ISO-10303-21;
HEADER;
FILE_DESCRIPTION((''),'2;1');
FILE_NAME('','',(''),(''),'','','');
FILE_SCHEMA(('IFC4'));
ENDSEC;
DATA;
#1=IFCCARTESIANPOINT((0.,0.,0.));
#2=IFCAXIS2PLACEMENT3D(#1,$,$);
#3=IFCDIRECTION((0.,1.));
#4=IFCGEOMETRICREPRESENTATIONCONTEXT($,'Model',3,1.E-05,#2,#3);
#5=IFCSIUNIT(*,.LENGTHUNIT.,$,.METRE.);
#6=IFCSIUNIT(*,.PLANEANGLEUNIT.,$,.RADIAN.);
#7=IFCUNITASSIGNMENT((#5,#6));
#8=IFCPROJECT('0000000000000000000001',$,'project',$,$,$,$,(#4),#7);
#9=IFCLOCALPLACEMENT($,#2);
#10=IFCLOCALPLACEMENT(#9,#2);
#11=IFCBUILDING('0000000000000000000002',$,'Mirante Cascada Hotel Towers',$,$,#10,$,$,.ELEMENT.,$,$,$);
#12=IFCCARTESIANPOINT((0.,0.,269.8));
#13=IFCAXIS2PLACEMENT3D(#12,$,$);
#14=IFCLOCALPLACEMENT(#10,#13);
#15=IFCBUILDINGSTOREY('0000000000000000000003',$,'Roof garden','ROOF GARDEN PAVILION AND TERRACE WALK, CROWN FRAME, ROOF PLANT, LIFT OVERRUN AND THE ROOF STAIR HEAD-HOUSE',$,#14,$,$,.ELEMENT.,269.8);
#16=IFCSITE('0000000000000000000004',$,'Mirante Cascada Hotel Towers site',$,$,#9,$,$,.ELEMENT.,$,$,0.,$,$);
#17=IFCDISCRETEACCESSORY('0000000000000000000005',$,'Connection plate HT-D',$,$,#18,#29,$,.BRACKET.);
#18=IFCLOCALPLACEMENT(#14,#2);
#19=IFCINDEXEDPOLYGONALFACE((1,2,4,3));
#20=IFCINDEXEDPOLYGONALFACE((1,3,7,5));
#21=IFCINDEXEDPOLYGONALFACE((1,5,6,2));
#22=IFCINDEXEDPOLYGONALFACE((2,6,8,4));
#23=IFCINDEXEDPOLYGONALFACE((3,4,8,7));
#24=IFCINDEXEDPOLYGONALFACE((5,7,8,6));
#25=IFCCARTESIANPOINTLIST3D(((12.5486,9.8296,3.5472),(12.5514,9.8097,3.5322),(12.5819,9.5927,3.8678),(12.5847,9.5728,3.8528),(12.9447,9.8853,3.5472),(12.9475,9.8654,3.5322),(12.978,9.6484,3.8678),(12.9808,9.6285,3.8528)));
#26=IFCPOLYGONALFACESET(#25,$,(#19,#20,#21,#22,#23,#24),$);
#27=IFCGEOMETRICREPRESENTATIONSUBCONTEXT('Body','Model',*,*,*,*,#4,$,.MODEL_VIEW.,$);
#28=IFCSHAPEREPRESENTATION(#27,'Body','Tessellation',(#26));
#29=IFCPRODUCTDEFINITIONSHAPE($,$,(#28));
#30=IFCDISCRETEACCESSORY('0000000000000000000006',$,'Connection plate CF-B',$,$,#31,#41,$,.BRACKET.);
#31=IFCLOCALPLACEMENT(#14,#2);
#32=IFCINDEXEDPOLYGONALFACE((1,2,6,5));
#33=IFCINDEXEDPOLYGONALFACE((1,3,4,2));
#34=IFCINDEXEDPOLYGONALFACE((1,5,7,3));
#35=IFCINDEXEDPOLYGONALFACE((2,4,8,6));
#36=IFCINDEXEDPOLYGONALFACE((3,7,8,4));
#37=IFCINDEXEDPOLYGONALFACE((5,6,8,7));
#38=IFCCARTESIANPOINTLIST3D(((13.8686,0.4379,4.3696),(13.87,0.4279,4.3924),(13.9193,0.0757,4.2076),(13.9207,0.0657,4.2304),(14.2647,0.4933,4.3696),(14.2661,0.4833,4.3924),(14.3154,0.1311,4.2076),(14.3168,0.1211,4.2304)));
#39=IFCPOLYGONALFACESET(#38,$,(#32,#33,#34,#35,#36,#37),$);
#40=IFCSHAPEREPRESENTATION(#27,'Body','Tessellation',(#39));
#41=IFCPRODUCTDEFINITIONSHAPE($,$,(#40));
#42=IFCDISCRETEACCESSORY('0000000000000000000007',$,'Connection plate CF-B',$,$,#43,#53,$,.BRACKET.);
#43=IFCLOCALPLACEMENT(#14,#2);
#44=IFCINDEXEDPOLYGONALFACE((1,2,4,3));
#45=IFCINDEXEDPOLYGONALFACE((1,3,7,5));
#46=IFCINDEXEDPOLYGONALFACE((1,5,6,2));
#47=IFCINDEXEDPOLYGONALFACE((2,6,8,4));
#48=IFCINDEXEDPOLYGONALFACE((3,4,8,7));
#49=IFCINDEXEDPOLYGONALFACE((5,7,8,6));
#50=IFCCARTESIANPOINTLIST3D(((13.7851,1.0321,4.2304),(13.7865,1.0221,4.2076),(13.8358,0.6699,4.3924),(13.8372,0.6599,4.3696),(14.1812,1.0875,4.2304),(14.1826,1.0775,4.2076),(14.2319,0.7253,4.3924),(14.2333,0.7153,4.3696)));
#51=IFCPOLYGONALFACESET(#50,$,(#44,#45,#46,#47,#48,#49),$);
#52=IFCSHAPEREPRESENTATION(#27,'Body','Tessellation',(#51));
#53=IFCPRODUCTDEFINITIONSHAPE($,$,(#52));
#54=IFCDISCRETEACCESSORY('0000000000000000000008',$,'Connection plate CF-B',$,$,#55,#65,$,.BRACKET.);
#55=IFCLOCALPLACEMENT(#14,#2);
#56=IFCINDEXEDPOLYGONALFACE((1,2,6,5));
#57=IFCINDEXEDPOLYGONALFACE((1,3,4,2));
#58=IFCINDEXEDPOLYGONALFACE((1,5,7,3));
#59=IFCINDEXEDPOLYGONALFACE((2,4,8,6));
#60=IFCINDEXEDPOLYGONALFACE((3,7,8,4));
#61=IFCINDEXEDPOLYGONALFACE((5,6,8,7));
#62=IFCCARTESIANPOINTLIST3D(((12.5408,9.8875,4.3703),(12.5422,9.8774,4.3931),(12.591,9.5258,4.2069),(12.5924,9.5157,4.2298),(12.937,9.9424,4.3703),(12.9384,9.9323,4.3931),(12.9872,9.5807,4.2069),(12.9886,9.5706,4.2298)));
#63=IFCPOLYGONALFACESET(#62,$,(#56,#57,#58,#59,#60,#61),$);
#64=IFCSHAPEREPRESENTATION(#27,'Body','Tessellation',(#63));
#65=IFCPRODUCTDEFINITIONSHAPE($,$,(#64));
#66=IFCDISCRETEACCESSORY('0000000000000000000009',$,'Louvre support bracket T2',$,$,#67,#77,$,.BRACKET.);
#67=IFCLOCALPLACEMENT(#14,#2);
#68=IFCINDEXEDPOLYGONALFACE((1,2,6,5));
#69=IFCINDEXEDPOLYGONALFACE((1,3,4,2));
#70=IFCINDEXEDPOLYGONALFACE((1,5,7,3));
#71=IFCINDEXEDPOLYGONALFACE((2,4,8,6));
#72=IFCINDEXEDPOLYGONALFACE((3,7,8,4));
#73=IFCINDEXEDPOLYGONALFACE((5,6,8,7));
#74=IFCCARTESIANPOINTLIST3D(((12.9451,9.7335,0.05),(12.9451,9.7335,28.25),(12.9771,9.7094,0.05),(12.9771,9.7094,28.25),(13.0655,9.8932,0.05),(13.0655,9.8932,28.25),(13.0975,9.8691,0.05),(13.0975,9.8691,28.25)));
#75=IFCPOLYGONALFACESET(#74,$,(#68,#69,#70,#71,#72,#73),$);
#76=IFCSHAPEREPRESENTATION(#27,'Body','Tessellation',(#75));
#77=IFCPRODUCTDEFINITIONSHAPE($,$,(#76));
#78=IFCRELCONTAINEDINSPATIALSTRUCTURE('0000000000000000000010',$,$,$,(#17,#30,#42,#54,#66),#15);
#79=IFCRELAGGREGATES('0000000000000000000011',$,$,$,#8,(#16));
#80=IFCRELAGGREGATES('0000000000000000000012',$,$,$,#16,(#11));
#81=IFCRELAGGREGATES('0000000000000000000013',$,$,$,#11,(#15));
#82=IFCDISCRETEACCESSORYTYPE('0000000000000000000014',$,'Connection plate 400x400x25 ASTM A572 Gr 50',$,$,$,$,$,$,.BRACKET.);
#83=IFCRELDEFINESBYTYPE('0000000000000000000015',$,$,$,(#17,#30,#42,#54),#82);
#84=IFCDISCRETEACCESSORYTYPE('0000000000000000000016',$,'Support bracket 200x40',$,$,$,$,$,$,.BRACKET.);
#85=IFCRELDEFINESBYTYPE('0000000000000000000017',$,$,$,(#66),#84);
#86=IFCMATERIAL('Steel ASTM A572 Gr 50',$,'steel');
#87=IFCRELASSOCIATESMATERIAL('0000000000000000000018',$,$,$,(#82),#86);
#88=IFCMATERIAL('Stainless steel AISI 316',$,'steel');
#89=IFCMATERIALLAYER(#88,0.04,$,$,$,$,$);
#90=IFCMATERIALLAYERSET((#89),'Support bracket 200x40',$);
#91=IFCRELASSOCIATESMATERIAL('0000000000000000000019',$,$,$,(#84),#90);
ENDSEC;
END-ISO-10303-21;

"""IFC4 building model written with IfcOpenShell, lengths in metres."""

from ifc_helpers import new_model, si_unit, direction, frame, origin, origin_2d, place, context, subcontext, project, spatial, rectangle, extrude, material, layer, layer_set, material_profile, profile_set, type_object, element, save


model = new_model("IFC4")

# Units and contexts
model_context = context("Model", 3, precision=1e-05, world=origin(), true_north=direction((0.0, 1.0)))
body_context = subcontext(model_context, "Body", "Model", "MODEL_VIEW")
ifc_project = project(units=[si_unit("LENGTHUNIT", "METRE"), si_unit("PLANEANGLEUNIT", "RADIAN")], contexts=[model_context])

# Site, building, storey
site_placement = place(None, origin())
site = spatial("IfcSite", under=ifc_project, at=site_placement, Name="Mirante Cascada Hotel Towers site", CompositionType="ELEMENT", RefElevation=0.0)
building_placement = place(site_placement, origin())
building = spatial("IfcBuilding", under=site, at=building_placement, Name="Mirante Cascada Hotel Towers", CompositionType="ELEMENT")
storey_placement = place(building_placement, frame((0.0, 0.0, 269.8)))
storey = spatial("IfcBuildingStorey", under=building, at=storey_placement, Name="Roof garden", Description="ROOF GARDEN PAVILION AND TERRACE WALK, CROWN FRAME, ROOF PLANT, LIFT OVERRUN AND THE ROOF STAIR HEAD-HOUSE", CompositionType="ELEMENT", Elevation=269.8)

# Discrete accessories
ifc_material_1 = material(Name="Steel ASTM A572 Gr 50", Category="steel")
ifc_material_profile_1 = material_profile(ifc_material_1, rectangle(XDim=0.4, YDim=0.4, at=origin_2d()), Name="Connection plate 400x400x25 ASTM A572 Gr 50")
ifc_profile_set_1 = profile_set([ifc_material_profile_1], Name="Steel ASTM A572 Gr 50")
discrete_accessory_type_1 = type_object("IfcDiscreteAccessoryType", Name="Connection plate 400x400x25 ASTM A572 Gr 50", PredefinedType="BRACKET", material=ifc_profile_set_1)
for number, where, z_axis, x_axis, name in (
    (1, (12.7661, 9.7191, 3.6925), (-0.111657, 0.79356, 0.59816), (-0.990246, -0.139331, 0.0), "Connection plate HT-D"),
):
    element("IfcDiscreteAccessory", number, at=place(storey_placement, frame(where, z_axis=z_axis, x_axis=x_axis)), inside=storey, type_object=discrete_accessory_type_1, Name=name, PredefinedType="BRACKET", context=body_context, shape_type="SweptSolid", body=[
        extrude(rectangle(XDim=0.4, YDim=0.4, at=origin_2d()), origin(), (0.0, 0.0, 1.0), 0.0251),
    ])
for number, where, z_axis, x_axis, name in (
    (2, (14.092, 0.2845, 4.2886), (0.056144, -0.401028, 0.914344), (0.990342, 0.138648, 0.0), "Connection plate CF-B"),
    (3, (14.0099, 0.8687, 4.2886), (-0.056144, 0.401028, 0.914344), (-0.990342, -0.138648, 0.0), "Connection plate CF-B"),
):
    element("IfcDiscreteAccessory", number, at=place(storey_placement, frame(where, z_axis=z_axis, x_axis=x_axis)), inside=storey, type_object=discrete_accessory_type_1, Name=name, PredefinedType="BRACKET", context=body_context, shape_type="SweptSolid", body=[
        extrude(rectangle(XDim=0.4, YDim=0.4, at=origin_2d()), origin(), (0.0, 0.0, 1.0), 0.0249),
    ])
discrete_accessory_1_placement = place(storey_placement, frame((12.764, 9.7341, 4.2886), z_axis=(0.056053, -0.404385, 0.91287), x_axis=(0.990529, 0.137301, 0.0)))
element("IfcDiscreteAccessory", 4, at=discrete_accessory_1_placement, inside=storey, type_object=discrete_accessory_type_1, Name="Connection plate CF-B", PredefinedType="BRACKET", context=body_context, shape_type="SweptSolid", body=[
    extrude(rectangle(XDim=0.4, YDim=0.4, at=origin_2d()), origin(), (0.0, 0.0, 1.0), 0.025),
])
ifc_material_2 = material(Name="Stainless steel AISI 316", Category="steel")
ifc_layer_1 = layer(ifc_material_2, 0.04)
ifc_layer_set_1 = layer_set([ifc_layer_1], Name="Support bracket 200x40")
discrete_accessory_type_2 = type_object("IfcDiscreteAccessoryType", Name="Support bracket 200x40", PredefinedType="BRACKET", material=ifc_layer_set_1)
discrete_accessory_2_placement = place(storey_placement, frame((13.0213, 9.8013, 0.05), z_axis=(0.0, 0.0, 1.0), x_axis=(0.601815, 0.798636, 0.0)))
element("IfcDiscreteAccessory", 5, at=discrete_accessory_2_placement, inside=storey, type_object=discrete_accessory_type_2, Name="Louvre support bracket T2", PredefinedType="BRACKET", context=body_context, shape_type="SweptSolid", body=[
    extrude(rectangle(XDim=0.2, YDim=0.04, at=origin_2d()), origin(), (0.0, 0.0, 1.0), 28.2),
])

save(model, "model.ifc")
